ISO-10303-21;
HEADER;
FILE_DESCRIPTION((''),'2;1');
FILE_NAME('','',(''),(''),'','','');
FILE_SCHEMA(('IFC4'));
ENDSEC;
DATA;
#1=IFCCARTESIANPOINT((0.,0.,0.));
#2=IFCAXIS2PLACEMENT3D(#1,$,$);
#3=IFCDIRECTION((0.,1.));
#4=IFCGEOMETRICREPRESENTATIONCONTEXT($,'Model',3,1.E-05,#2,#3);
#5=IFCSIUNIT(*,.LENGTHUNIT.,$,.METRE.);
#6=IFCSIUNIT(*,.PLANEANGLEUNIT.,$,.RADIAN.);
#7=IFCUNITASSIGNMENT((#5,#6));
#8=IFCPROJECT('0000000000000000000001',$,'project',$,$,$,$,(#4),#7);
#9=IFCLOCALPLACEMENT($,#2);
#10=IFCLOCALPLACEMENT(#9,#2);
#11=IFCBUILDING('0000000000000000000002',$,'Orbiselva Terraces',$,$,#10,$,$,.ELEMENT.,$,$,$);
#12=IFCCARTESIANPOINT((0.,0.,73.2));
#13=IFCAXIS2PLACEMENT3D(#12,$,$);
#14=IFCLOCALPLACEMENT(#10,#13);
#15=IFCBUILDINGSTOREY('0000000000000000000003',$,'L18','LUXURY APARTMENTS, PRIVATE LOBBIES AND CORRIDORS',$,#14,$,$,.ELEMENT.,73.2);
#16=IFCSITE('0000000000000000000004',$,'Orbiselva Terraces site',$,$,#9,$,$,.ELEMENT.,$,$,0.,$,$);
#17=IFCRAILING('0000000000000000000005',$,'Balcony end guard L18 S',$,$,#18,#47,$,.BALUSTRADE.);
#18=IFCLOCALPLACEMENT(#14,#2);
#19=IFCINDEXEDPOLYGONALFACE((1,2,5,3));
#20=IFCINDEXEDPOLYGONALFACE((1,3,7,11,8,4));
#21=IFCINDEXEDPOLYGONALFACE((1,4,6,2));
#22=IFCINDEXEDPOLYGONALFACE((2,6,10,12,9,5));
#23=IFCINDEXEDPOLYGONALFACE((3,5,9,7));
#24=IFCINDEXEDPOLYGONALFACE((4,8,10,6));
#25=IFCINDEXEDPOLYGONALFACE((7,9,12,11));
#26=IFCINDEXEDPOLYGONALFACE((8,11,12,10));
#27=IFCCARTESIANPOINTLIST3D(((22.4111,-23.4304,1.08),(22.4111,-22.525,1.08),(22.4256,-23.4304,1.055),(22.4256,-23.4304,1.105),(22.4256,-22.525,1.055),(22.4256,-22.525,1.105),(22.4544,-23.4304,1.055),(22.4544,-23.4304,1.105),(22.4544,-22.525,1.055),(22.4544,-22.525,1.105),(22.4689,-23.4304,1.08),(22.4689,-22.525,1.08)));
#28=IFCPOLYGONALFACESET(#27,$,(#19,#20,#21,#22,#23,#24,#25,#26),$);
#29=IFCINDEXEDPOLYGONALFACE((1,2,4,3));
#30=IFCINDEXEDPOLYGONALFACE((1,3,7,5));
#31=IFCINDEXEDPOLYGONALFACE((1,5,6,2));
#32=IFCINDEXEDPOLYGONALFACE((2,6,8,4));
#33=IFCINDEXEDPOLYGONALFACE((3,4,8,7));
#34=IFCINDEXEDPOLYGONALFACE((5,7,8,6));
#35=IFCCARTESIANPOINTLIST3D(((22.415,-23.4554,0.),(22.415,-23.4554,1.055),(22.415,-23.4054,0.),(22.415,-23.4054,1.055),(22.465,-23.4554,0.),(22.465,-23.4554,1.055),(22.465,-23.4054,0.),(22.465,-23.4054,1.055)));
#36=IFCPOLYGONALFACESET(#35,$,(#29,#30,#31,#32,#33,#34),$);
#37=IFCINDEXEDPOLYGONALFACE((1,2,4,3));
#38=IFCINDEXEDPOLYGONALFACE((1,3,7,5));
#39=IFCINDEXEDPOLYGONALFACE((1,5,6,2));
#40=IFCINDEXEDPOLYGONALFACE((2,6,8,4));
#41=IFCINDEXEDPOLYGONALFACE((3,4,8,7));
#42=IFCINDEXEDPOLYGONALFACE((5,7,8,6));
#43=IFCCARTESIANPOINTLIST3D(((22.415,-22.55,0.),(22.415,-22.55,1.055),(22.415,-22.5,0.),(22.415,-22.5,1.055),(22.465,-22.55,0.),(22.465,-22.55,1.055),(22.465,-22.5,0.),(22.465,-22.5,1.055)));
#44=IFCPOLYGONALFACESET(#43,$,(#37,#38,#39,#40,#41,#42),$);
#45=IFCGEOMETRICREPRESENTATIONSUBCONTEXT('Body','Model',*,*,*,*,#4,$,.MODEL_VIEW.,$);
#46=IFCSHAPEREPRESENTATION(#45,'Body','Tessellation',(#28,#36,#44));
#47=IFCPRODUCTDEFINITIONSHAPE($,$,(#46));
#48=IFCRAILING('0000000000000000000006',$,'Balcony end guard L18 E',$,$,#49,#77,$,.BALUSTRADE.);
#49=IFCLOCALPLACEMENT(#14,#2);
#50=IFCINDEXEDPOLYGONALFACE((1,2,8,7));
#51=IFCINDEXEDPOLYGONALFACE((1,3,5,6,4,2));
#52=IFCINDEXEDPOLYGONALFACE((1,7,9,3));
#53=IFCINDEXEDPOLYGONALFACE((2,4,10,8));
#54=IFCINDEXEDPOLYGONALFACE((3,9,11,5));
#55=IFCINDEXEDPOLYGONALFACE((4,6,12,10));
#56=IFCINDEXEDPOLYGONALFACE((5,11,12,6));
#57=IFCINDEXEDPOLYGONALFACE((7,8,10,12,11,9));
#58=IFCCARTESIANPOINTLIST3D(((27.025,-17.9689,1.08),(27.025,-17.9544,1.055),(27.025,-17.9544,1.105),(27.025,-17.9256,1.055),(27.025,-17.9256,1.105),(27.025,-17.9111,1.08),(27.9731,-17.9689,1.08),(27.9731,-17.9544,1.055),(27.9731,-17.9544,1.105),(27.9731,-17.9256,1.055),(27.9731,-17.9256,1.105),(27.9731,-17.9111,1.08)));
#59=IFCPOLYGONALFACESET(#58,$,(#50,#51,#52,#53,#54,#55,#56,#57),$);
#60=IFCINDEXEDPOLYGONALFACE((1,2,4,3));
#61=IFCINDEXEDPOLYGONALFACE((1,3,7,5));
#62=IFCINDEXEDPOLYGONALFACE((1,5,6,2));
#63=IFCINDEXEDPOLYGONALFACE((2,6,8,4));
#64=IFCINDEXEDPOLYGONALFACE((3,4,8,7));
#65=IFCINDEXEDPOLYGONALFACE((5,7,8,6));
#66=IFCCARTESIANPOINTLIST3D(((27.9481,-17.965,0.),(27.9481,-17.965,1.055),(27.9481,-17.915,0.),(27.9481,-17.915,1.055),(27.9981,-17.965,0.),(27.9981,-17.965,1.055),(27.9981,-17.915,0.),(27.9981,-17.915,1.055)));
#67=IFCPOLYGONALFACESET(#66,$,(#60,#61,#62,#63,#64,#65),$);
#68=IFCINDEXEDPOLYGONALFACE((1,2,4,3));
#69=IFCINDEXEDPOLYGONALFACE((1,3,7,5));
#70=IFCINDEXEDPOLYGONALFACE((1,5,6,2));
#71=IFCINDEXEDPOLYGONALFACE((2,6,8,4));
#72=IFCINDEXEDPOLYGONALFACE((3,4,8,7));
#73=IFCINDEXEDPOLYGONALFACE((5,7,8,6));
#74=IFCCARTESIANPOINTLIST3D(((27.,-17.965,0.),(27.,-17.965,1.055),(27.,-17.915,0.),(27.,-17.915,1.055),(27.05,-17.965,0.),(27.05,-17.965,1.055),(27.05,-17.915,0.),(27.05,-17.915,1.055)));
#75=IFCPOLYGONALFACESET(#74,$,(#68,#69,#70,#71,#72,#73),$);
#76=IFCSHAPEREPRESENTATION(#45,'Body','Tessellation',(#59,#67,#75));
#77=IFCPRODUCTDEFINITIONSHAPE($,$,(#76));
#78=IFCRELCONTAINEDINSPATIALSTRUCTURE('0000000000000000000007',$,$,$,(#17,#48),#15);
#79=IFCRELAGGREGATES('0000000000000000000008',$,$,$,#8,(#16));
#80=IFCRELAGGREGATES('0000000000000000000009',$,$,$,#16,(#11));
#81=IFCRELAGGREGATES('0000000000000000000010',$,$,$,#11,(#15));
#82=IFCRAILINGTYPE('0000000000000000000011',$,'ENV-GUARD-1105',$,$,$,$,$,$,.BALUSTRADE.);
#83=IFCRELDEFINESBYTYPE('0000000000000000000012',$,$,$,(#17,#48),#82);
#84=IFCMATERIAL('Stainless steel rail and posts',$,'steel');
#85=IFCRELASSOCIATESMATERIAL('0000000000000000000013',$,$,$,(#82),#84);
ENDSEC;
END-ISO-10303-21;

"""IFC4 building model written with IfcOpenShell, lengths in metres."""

from ifc_helpers import new_model, si_unit, direction, frame, origin, origin_2d, place, context, subcontext, project, spatial, polyline, rectangle, outline, extrude, material, type_object, element, save


model = new_model("IFC4")

# Units and contexts
model_context = context("Model", 3, precision=1e-05, world=origin(), true_north=direction((0.0, 1.0)))
body_context = subcontext(model_context, "Body", "Model", "MODEL_VIEW")
ifc_project = project(units=[si_unit("LENGTHUNIT", "METRE"), si_unit("PLANEANGLEUNIT", "RADIAN")], contexts=[model_context])

# Site, building, storey
site_placement = place(None, origin())
site = spatial("IfcSite", under=ifc_project, at=site_placement, Name="Orbiselva Terraces site", CompositionType="ELEMENT", RefElevation=0.0)
building_placement = place(site_placement, origin())
building = spatial("IfcBuilding", under=site, at=building_placement, Name="Orbiselva Terraces", CompositionType="ELEMENT")
storey_placement = place(building_placement, frame((0.0, 0.0, 73.2)))
storey = spatial("IfcBuildingStorey", under=building, at=storey_placement, Name="L18", Description="LUXURY APARTMENTS, PRIVATE LOBBIES AND CORRIDORS", CompositionType="ELEMENT", Elevation=73.2)

# Railings
ifc_material_1 = material(Name="Stainless steel rail and posts", Category="steel")
railing_type_1 = type_object("IfcRailingType", Name="ENV-GUARD-1105", PredefinedType="BALUSTRADE", material=ifc_material_1)
railing_1_placement = place(storey_placement, frame((22.44, -23.4304, 0.0)))
element("IfcRailing", 1, at=railing_1_placement, inside=storey, type_object=railing_type_1, Name="Balcony end guard L18 S", PredefinedType="BALUSTRADE", context=body_context, shape_type="SweptSolid", body=[
    extrude(outline(polyline([(0.0289, 0.0), (0.0144, 0.025), (-0.0144, 0.025), (-0.0289, 0.0), (-0.0144, -0.025), (0.0144, -0.025), (0.0289, 0.0)])), frame((0.0, 0.0, 1.08), z_axis=(0.0, 1.0, 0.0), x_axis=(-1.0, 0.0, 0.0)), (0.0, 0.0, 1.0), 0.9054),
    extrude(rectangle(XDim=0.05, YDim=0.05, at=origin_2d()), origin(), (0.0, 0.0, 1.0), 1.055),
    extrude(rectangle(XDim=0.05, YDim=0.05, at=origin_2d()), frame((0.0, 0.9054, 0.0)), (0.0, 0.0, 1.0), 1.055),
])
railing_2_placement = place(storey_placement, frame((27.9731, -17.94, 0.0)))
element("IfcRailing", 2, at=railing_2_placement, inside=storey, type_object=railing_type_1, Name="Balcony end guard L18 E", PredefinedType="BALUSTRADE", context=body_context, shape_type="SweptSolid", body=[
    extrude(outline(polyline([(0.0289, 0.0), (0.0144, 0.025), (-0.0144, 0.025), (-0.0289, 0.0), (-0.0144, -0.025), (0.0144, -0.025), (0.0289, 0.0)])), frame((0.0, 0.0, 1.08), z_axis=(-1.0, 0.0, 0.0), x_axis=(0.0, -1.0, 0.0)), (0.0, 0.0, 1.0), 0.9481),
    extrude(rectangle(XDim=0.05, YDim=0.05, at=origin_2d()), origin(), (0.0, 0.0, 1.0), 1.055),
    extrude(rectangle(XDim=0.05, YDim=0.05, at=origin_2d()), frame((-0.9481, 0.0, 0.0)), (0.0, 0.0, 1.0), 1.055),
])

save(model, "model.ifc")
